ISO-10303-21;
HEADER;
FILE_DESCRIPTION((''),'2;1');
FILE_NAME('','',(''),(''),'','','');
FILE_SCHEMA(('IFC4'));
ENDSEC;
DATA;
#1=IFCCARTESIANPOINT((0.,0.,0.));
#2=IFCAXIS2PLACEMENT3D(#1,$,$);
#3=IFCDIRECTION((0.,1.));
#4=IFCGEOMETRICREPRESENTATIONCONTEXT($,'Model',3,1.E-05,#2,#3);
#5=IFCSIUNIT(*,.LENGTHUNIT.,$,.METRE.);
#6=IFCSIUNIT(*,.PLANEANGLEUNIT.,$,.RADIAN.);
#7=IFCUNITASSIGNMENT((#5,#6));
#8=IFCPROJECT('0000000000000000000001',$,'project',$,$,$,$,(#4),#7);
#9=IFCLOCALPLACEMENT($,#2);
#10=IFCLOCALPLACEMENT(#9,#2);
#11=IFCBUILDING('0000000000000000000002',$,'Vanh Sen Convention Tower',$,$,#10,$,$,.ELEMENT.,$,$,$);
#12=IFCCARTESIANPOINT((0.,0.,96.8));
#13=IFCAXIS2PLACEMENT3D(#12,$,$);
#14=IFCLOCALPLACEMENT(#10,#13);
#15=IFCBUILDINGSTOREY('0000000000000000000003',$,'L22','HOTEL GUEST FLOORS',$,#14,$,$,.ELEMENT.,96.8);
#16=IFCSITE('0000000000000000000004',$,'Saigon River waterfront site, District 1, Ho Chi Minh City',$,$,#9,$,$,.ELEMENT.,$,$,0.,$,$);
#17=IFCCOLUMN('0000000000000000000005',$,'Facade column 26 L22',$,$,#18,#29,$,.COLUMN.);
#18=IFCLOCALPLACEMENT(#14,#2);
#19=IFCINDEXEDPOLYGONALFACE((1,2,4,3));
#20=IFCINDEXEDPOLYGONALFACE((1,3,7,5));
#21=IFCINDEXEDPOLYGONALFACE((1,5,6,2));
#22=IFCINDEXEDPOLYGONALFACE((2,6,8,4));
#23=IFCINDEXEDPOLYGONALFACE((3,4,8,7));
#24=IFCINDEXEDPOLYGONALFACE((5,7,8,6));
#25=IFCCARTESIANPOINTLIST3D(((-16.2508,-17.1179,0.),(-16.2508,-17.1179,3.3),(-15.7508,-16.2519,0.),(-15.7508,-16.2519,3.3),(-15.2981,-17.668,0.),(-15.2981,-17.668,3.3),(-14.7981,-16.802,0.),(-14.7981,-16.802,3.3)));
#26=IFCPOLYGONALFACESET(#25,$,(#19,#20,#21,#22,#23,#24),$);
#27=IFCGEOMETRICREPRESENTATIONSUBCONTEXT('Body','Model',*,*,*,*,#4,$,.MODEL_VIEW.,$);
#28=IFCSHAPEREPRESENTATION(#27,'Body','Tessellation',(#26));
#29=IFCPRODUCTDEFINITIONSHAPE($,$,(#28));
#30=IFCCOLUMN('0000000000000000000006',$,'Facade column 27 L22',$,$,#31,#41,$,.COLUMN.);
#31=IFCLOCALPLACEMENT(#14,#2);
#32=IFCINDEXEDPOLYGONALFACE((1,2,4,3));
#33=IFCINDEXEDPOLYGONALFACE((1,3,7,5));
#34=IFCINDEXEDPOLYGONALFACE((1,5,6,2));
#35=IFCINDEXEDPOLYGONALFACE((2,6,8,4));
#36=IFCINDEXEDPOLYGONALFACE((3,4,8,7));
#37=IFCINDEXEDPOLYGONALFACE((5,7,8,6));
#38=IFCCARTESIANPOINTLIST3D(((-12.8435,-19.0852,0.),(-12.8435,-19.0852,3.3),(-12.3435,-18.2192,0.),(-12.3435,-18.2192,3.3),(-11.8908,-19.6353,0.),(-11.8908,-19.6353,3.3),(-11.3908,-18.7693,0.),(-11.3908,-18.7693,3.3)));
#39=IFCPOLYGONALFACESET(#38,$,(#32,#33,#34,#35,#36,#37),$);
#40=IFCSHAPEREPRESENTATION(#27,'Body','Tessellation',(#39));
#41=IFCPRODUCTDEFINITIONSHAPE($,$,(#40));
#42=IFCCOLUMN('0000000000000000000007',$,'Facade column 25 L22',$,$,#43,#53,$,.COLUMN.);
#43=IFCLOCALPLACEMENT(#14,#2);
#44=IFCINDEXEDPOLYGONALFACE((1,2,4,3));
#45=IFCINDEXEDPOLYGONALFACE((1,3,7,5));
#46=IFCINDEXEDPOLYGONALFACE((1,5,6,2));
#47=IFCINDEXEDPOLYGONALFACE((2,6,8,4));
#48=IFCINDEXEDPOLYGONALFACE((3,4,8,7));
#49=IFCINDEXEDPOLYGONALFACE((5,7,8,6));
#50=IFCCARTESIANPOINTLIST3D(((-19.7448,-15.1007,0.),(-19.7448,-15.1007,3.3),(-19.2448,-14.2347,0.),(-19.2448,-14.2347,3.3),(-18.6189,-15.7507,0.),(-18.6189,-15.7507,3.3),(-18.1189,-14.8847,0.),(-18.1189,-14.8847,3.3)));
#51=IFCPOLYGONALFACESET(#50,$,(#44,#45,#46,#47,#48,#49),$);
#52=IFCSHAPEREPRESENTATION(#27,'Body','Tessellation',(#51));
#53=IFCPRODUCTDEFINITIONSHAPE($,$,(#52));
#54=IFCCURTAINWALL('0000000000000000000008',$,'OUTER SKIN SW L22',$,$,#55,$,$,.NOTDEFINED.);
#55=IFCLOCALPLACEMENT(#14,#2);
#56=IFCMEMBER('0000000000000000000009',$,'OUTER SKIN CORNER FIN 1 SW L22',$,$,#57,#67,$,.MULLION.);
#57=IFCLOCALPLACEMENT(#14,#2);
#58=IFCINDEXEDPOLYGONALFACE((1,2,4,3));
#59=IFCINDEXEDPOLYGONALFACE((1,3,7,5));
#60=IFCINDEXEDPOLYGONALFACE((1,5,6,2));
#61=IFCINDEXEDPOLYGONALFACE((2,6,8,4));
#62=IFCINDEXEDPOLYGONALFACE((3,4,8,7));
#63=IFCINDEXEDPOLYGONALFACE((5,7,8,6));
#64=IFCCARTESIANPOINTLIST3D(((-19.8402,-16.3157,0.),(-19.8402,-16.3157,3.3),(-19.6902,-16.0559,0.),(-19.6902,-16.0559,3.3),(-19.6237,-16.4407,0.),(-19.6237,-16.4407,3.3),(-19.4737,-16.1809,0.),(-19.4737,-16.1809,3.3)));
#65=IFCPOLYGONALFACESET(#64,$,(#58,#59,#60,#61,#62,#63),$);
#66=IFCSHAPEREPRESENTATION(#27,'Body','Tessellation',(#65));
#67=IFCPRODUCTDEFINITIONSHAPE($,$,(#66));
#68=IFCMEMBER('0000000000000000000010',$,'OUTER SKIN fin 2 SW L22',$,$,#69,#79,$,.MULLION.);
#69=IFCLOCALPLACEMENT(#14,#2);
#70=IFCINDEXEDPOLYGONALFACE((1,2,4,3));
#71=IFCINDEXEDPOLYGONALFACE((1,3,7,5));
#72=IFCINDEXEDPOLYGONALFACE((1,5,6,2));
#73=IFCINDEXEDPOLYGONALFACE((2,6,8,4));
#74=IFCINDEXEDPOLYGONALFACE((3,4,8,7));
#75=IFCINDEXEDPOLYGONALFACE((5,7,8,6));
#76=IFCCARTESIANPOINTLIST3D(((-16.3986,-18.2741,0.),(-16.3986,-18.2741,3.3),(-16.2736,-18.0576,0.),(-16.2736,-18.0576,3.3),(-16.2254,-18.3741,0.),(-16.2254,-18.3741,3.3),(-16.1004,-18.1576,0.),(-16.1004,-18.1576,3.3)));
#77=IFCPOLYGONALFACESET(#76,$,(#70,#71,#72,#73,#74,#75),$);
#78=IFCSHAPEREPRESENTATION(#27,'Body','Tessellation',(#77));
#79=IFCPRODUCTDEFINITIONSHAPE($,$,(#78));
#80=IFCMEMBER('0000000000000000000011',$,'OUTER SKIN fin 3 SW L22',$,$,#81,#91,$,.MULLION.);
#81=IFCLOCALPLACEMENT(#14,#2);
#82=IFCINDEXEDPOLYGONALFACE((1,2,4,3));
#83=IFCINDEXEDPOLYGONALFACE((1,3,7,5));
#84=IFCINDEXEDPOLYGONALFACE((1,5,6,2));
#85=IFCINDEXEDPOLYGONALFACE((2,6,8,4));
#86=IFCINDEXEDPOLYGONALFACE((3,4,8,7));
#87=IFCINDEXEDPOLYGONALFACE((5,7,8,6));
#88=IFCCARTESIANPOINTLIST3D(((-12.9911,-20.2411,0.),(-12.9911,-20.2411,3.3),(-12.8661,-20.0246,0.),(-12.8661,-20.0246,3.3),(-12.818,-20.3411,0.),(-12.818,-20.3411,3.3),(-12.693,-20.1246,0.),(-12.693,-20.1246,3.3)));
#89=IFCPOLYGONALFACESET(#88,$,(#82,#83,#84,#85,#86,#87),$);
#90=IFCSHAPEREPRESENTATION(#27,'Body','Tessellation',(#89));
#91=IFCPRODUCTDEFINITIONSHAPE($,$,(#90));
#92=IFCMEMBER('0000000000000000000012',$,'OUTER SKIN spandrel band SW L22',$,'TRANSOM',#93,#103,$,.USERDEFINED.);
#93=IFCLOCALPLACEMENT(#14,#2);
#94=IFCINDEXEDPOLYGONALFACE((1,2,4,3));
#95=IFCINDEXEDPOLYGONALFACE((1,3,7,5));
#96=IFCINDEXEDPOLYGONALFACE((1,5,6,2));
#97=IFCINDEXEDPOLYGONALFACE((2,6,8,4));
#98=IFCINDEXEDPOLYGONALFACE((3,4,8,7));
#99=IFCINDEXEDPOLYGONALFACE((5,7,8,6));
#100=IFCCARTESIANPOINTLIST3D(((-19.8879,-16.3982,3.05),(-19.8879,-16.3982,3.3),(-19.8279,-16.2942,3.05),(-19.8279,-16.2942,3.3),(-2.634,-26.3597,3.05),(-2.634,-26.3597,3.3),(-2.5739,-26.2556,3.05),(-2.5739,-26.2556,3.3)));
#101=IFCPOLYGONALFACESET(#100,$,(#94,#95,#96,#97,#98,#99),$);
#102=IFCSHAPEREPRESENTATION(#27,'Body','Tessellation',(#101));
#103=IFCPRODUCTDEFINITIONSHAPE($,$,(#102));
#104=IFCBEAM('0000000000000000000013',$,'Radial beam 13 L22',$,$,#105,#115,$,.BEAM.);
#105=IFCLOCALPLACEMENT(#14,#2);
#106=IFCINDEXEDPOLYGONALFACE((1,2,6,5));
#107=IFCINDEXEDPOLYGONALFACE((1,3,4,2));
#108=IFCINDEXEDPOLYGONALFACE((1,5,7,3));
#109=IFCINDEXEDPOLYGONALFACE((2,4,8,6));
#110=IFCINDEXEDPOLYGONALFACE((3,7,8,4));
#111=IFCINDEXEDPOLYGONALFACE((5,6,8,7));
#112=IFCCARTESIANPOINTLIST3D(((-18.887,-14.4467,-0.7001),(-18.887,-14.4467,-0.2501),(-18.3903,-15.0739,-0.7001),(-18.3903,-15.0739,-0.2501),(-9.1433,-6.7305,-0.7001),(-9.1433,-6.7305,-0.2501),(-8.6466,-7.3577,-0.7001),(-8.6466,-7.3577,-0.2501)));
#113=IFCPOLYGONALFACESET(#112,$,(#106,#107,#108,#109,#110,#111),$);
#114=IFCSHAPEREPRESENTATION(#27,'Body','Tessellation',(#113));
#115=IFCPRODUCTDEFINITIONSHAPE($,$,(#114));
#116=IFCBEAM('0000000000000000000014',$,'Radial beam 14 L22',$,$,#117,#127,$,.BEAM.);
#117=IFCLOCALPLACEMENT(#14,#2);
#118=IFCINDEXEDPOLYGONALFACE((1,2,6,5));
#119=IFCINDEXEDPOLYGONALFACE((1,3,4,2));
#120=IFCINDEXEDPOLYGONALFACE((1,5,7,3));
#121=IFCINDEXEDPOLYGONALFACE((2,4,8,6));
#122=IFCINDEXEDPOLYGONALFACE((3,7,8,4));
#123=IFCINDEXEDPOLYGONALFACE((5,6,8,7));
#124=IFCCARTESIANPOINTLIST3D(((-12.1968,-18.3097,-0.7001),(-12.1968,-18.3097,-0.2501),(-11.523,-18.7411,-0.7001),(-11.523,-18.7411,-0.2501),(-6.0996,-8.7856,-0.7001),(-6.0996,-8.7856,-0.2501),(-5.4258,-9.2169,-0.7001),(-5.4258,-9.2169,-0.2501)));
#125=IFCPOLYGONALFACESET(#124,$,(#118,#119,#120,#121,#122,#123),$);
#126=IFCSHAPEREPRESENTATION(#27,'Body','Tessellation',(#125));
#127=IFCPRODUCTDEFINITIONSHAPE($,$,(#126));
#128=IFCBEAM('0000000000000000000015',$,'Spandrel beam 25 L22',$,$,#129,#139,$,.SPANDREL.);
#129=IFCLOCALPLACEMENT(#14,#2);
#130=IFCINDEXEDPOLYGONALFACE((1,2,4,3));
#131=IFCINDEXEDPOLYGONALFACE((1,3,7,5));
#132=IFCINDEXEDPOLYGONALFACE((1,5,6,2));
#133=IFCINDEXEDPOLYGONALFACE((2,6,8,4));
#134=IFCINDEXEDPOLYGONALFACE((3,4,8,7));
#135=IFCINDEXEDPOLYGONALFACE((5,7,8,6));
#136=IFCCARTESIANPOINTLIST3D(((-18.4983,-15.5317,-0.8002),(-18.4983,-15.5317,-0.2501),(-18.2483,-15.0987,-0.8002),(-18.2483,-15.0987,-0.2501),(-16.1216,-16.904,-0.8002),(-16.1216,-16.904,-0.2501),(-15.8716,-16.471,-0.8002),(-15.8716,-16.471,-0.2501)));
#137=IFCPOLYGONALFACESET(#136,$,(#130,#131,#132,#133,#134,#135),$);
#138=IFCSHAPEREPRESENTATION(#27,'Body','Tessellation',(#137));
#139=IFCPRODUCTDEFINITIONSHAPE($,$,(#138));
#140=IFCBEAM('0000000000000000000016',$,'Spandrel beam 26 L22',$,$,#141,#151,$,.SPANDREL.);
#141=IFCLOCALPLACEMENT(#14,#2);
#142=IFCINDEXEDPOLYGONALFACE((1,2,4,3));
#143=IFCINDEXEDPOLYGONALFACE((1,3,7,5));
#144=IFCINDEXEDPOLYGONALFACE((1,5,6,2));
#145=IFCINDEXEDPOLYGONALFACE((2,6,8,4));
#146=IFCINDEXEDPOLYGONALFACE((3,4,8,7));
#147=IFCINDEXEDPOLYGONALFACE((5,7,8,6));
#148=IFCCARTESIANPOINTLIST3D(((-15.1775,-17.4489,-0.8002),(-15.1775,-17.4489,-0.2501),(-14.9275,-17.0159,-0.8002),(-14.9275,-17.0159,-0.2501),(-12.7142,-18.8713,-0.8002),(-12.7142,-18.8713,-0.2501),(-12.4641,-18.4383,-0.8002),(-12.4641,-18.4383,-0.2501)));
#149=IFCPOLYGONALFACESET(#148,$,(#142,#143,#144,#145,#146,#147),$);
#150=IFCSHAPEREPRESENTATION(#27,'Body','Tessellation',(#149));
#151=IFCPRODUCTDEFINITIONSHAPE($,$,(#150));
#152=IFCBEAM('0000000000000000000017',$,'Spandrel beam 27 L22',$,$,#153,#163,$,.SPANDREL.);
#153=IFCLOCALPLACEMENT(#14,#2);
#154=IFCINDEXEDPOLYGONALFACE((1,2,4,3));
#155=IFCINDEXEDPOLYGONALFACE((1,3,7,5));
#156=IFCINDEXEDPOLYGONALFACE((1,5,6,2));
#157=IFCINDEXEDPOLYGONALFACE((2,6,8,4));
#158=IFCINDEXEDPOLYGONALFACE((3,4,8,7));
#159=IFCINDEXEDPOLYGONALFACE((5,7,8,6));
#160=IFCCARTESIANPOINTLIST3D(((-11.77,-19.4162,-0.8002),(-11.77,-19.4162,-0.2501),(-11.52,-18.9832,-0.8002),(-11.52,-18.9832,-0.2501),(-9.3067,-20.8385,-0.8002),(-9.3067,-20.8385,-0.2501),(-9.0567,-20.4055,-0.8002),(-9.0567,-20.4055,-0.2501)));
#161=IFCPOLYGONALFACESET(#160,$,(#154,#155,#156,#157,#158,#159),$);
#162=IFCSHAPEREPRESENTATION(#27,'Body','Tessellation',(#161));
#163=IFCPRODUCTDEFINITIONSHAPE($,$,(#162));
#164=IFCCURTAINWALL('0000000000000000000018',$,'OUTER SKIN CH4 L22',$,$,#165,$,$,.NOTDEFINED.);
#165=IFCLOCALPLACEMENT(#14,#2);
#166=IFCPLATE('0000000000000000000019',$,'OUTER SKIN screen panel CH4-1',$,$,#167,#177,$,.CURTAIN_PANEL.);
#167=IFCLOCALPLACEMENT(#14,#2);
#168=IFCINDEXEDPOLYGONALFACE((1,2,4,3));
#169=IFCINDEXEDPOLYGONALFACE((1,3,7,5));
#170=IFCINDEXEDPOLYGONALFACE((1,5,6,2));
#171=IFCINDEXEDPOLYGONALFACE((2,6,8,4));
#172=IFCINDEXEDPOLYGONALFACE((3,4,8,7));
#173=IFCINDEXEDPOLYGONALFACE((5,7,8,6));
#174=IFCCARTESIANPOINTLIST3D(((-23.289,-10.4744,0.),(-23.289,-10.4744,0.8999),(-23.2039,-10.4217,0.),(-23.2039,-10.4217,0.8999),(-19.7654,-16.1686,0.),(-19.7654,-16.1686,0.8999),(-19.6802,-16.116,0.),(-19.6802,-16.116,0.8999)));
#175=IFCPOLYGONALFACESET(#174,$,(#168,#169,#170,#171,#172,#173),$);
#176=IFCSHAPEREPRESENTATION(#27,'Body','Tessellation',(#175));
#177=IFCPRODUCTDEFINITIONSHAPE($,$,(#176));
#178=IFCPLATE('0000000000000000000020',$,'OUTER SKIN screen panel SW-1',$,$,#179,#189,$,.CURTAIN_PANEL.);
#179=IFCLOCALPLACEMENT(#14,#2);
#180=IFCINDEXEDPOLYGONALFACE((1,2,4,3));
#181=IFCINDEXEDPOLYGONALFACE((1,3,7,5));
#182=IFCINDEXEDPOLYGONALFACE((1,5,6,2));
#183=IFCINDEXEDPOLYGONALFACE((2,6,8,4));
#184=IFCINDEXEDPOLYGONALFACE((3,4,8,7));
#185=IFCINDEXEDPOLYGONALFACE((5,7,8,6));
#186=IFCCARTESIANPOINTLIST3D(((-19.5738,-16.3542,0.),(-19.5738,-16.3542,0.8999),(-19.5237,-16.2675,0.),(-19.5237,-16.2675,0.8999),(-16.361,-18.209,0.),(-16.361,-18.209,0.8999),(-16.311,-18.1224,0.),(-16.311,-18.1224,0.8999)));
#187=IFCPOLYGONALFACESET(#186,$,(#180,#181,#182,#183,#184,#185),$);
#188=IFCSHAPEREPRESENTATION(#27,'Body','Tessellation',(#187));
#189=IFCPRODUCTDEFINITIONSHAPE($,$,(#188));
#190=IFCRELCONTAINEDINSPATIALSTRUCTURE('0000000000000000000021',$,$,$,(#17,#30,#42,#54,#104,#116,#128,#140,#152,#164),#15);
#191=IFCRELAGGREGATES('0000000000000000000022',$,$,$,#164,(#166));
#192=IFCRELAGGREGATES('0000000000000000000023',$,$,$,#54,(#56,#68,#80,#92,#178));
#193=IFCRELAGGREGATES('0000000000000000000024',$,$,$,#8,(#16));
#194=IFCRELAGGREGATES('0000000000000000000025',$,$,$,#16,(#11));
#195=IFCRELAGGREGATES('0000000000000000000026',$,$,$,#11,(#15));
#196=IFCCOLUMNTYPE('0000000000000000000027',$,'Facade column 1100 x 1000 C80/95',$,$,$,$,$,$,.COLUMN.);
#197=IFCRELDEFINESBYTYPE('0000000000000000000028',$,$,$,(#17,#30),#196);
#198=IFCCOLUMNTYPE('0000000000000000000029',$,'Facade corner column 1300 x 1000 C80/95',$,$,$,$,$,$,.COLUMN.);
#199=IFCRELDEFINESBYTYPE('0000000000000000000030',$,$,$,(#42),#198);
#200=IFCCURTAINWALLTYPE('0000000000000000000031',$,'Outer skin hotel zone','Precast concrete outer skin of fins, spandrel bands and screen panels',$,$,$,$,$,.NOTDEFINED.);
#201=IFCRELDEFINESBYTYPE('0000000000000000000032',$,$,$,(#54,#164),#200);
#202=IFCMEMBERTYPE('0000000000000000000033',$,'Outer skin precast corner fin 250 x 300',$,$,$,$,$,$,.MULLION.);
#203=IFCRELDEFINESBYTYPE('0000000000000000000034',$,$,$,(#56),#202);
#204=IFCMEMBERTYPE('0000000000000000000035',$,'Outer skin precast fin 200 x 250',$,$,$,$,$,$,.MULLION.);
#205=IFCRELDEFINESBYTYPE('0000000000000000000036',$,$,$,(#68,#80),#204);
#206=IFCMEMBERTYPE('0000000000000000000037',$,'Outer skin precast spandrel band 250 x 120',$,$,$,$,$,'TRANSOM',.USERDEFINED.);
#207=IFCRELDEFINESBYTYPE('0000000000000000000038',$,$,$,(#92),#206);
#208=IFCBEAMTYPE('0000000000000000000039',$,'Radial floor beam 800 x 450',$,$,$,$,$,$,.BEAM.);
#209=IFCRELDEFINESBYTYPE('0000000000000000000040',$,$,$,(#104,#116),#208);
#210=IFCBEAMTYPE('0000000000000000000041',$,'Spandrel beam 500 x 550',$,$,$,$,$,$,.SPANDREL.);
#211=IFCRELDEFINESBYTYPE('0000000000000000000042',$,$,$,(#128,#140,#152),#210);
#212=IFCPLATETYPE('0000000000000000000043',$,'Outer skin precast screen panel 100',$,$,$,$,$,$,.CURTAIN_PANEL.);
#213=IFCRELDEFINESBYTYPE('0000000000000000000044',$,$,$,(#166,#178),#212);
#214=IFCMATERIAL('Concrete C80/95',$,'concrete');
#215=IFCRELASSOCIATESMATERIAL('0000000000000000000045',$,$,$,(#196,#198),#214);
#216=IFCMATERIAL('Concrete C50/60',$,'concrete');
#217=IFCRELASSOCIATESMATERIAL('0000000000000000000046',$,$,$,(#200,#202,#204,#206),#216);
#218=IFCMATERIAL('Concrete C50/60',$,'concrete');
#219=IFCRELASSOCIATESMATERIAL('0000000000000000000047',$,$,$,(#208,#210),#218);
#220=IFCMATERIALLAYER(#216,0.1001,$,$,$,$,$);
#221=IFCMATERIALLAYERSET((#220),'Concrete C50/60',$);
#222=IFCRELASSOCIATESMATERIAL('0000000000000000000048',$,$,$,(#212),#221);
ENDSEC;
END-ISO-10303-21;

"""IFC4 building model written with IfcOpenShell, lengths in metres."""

from ifc_helpers import new_model, si_unit, direction, frame, origin, origin_2d, place, context, subcontext, project, spatial, rectangle, extrude, material, layer, layer_set, material_profile, profile_set, type_object, element, aggregate, save


model = new_model("IFC4")

# Units and contexts
model_context = context("Model", 3, precision=1e-05, world=origin(), true_north=direction((0.0, 1.0)))
body_context = subcontext(model_context, "Body", "Model", "MODEL_VIEW")
ifc_project = project(units=[si_unit("LENGTHUNIT", "METRE"), si_unit("PLANEANGLEUNIT", "RADIAN")], contexts=[model_context])

# Site, building, storey
site_placement = place(None, origin())
site = spatial("IfcSite", under=ifc_project, at=site_placement, Name="Saigon River waterfront site, District 1, Ho Chi Minh City", CompositionType="ELEMENT", RefElevation=0.0)
building_placement = place(site_placement, origin())
building = spatial("IfcBuilding", under=site, at=building_placement, Name="Vanh Sen Convention Tower", CompositionType="ELEMENT")
storey_placement = place(building_placement, frame((0.0, 0.0, 96.8)))
storey = spatial("IfcBuildingStorey", under=building, at=storey_placement, Name="L22", Description="HOTEL GUEST FLOORS", CompositionType="ELEMENT", Elevation=96.8)

# Columns
ifc_material_1 = material(Name="Concrete C80/95", Category="concrete")
ifc_material_profile_1 = material_profile(ifc_material_1, rectangle(XDim=1.1001, YDim=1.0, at=origin_2d()), Name="RC 1100X1000")
ifc_profile_set_1 = profile_set([ifc_material_profile_1], Name="Concrete C80/95")
column_type_1 = type_object("IfcColumnType", Name="Facade column 1100 x 1000 C80/95", PredefinedType="COLUMN", material=ifc_profile_set_1)
for number, where, z_axis, x_axis, name in (
    (1, (-15.5244, -16.96, 0.0), (0.0, 0.0, 1.0), (0.866025, -0.5, 0.0), "Facade column 26 L22"),
    (2, (-12.1172, -18.9272, 0.0), (0.0, 0.0, 1.0), (0.866025, -0.5, 0.0), "Facade column 27 L22"),
):
    element("IfcColumn", number, at=place(storey_placement, frame(where, z_axis=z_axis, x_axis=x_axis)), inside=storey, type_object=column_type_1, Name=name, PredefinedType="COLUMN", context=body_context, shape_type="SweptSolid", body=[
        extrude(rectangle(XDim=1.1001, YDim=1.0, at=origin_2d()), origin(), (0.0, 0.0, 1.0), 3.3),
    ])
ifc_material_profile_2 = material_profile(ifc_material_1, rectangle(XDim=1.3, YDim=1.0, at=origin_2d()), Name="RC 1300X1000")
ifc_profile_set_2 = profile_set([ifc_material_profile_2], Name="Concrete C80/95")
column_type_2 = type_object("IfcColumnType", Name="Facade corner column 1300 x 1000 C80/95", PredefinedType="COLUMN", material=ifc_profile_set_2)
column_placement = place(storey_placement, frame((-18.9319, -14.9927, 0.0), z_axis=(0.0, 0.0, 1.0), x_axis=(0.866025, -0.5, 0.0)))
element("IfcColumn", 3, at=column_placement, inside=storey, type_object=column_type_2, Name="Facade column 25 L22", PredefinedType="COLUMN", context=body_context, shape_type="SweptSolid", body=[
    extrude(rectangle(XDim=1.3, YDim=1.0, at=origin_2d()), origin(), (0.0, 0.0, 1.0), 3.3),
])

# Curtain wall, members
ifc_material_2 = material(Name="Concrete C50/60", Category="concrete")
curtain_wall_type = type_object("IfcCurtainWallType", Name="Outer skin hotel zone", Description="Precast concrete outer skin of fins, spandrel bands and screen panels", PredefinedType="NOTDEFINED", material=ifc_material_2)
curtain_wall_1_placement = place(storey_placement, origin())
curtain_wall_1 = element("IfcCurtainWall", 4, at=curtain_wall_1_placement, inside=storey, type_object=curtain_wall_type, Name="OUTER SKIN SW L22", PredefinedType="NOTDEFINED")
ifc_material_profile_3 = material_profile(ifc_material_2, rectangle(XDim=0.25, YDim=0.3, at=origin_2d()), Name="Outer skin precast corner fin 250 x 300")
ifc_profile_set_3 = profile_set([ifc_material_profile_3], Name="Concrete C50/60")
member_type_1 = type_object("IfcMemberType", Name="Outer skin precast corner fin 250 x 300", PredefinedType="MULLION", material=ifc_profile_set_3)
member_1_placement = place(storey_placement, frame((-19.657, -16.2483, 0.0), z_axis=(0.0, 0.0, 1.0), x_axis=(0.866025, -0.5, 0.0)))
member_1 = element("IfcMember", 5, at=member_1_placement, type_object=member_type_1, Name="OUTER SKIN CORNER FIN 1 SW L22", PredefinedType="MULLION", context=body_context, shape_type="SweptSolid", body=[
    extrude(rectangle(XDim=0.25, YDim=0.3, at=origin_2d()), origin(), (0.0, 0.0, 1.0), 3.3),
])
ifc_material_profile_4 = material_profile(ifc_material_2, rectangle(XDim=0.2, YDim=0.25, at=origin_2d()), Name="Outer skin precast fin 200 x 250")
ifc_profile_set_4 = profile_set([ifc_material_profile_4], Name="Concrete C50/60")
member_type_2 = type_object("IfcMemberType", Name="Outer skin precast fin 200 x 250", PredefinedType="MULLION", material=ifc_profile_set_4)
member_2_placement = place(storey_placement, frame((-16.2495, -18.2158, 0.0), z_axis=(0.0, 0.0, 1.0), x_axis=(0.866025, -0.5, 0.0)))
member_2 = element("IfcMember", 6, at=member_2_placement, type_object=member_type_2, Name="OUTER SKIN fin 2 SW L22", PredefinedType="MULLION", context=body_context, shape_type="SweptSolid", body=[
    extrude(rectangle(XDim=0.2, YDim=0.25, at=origin_2d()), origin(), (0.0, 0.0, 1.0), 3.3),
])
member_3_placement = place(storey_placement, frame((-12.842, -20.1829, 0.0), z_axis=(0.0, 0.0, 1.0), x_axis=(0.866025, -0.5, 0.0)))
member_3 = element("IfcMember", 7, at=member_3_placement, type_object=member_type_2, Name="OUTER SKIN fin 3 SW L22", PredefinedType="MULLION", context=body_context, shape_type="SweptSolid", body=[
    extrude(rectangle(XDim=0.2, YDim=0.25, at=origin_2d()), origin(), (0.0, 0.0, 1.0), 3.3),
])
ifc_material_profile_5 = material_profile(ifc_material_2, rectangle(XDim=0.1201, YDim=0.25, at=origin_2d()), Name="Outer skin precast spandrel band 250 x 120")
ifc_profile_set_5 = profile_set([ifc_material_profile_5], Name="Concrete C50/60")
member_type_3 = type_object("IfcMemberType", Name="Outer skin precast spandrel band 250 x 120", ElementType="TRANSOM", PredefinedType="USERDEFINED", material=ifc_profile_set_5)
member_4_placement = place(storey_placement, frame((-19.8579, -16.3462, 3.175), z_axis=(0.866028, -0.499995, 0.0), x_axis=(0.499995, 0.866028, 0.0)))
member_4 = element("IfcMember", 8, at=member_4_placement, type_object=member_type_3, Name="OUTER SKIN spandrel band SW L22", ObjectType="TRANSOM", PredefinedType="USERDEFINED", context=body_context, shape_type="SweptSolid", body=[
    extrude(rectangle(XDim=0.1201, YDim=0.25, at=origin_2d()), origin(), (0.0, 0.0, 1.0), 19.9231),
])

# Beams
ifc_material_3 = material(Name="Concrete C50/60", Category="concrete")
ifc_material_profile_6 = material_profile(ifc_material_3, rectangle(XDim=0.8, YDim=0.45, at=origin_2d()), Name="RC 800X450")
ifc_profile_set_6 = profile_set([ifc_material_profile_6], Name="Concrete C50/60")
beam_type_1 = type_object("IfcBeamType", Name="Radial floor beam 800 x 450", PredefinedType="BEAM", material=ifc_profile_set_6)
beam_1_placement = place(storey_placement, frame((-18.6387, -14.7603, -0.4751), z_axis=(0.783954, 0.620819, 0.0), x_axis=(-0.620819, 0.783954, 0.0)))
element("IfcBeam", 9, at=beam_1_placement, inside=storey, type_object=beam_type_1, Name="Radial beam 13 L22", PredefinedType="BEAM", context=body_context, shape_type="SweptSolid", body=[
    extrude(rectangle(XDim=0.8, YDim=0.45, at=origin_2d()), origin(), (0.0, 0.0, 1.0), 12.429),
])
beam_2_placement = place(storey_placement, frame((-11.8599, -18.5254, -0.4751), z_axis=(0.53916, 0.842203, 0.0), x_axis=(-0.842203, 0.53916, 0.0)))
element("IfcBeam", 10, at=beam_2_placement, inside=storey, type_object=beam_type_1, Name="Radial beam 14 L22", PredefinedType="BEAM", context=body_context, shape_type="SweptSolid", body=[
    extrude(rectangle(XDim=0.8, YDim=0.45, at=origin_2d()), origin(), (0.0, 0.0, 1.0), 11.3086),
])
ifc_material_profile_7 = material_profile(ifc_material_3, rectangle(XDim=0.5, YDim=0.55, at=origin_2d()), Name="RC 500X550")
ifc_profile_set_7 = profile_set([ifc_material_profile_7], Name="Concrete C50/60")
beam_type_2 = type_object("IfcBeamType", Name="Spandrel beam 500 x 550", PredefinedType="SPANDREL", material=ifc_profile_set_7)
beam_3_placement = place(storey_placement, frame((-18.3733, -15.3152, -0.5251), z_axis=(0.866006, -0.500033, 0.0), x_axis=(0.500033, 0.866006, 0.0)))
element("IfcBeam", 11, at=beam_3_placement, inside=storey, type_object=beam_type_2, Name="Spandrel beam 25 L22", PredefinedType="SPANDREL", context=body_context, shape_type="SweptSolid", body=[
    extrude(rectangle(XDim=0.5, YDim=0.55, at=origin_2d()), origin(), (0.0, 0.0, 1.0), 2.7444),
])
for number, where, z_axis, x_axis, name in (
    (12, (-15.0525, -17.2324, -0.5251), (0.866005, -0.500034, 0.0), (0.500034, 0.866005, 0.0), "Spandrel beam 26 L22"),
    (13, (-11.645, -19.1997, -0.5251), (0.866005, -0.500034, 0.0), (0.500034, 0.866005, 0.0), "Spandrel beam 27 L22"),
):
    element("IfcBeam", number, at=place(storey_placement, frame(where, z_axis=z_axis, x_axis=x_axis)), inside=storey, type_object=beam_type_2, Name=name, PredefinedType="SPANDREL", context=body_context, shape_type="SweptSolid", body=[
        extrude(rectangle(XDim=0.5, YDim=0.55, at=origin_2d()), origin(), (0.0, 0.0, 1.0), 2.8445),
    ])

# Curtain wall, plate
curtain_wall_2_placement = place(storey_placement, origin())
curtain_wall_2 = element("IfcCurtainWall", 14, at=curtain_wall_2_placement, inside=storey, type_object=curtain_wall_type, Name="OUTER SKIN CH4 L22", PredefinedType="NOTDEFINED")
ifc_layer_1 = layer(ifc_material_2, 0.1001)
ifc_layer_set_1 = layer_set([ifc_layer_1], Name="Concrete C50/60")
plate_type = type_object("IfcPlateType", Name="Outer skin precast screen panel 100", PredefinedType="CURTAIN_PANEL", material=ifc_layer_set_1)
plate_1_placement = place(storey_placement, frame((-21.4846, -13.2952, 0.0), z_axis=(0.0, 0.0, 1.0), x_axis=(0.526205, -0.850358, 0.0)))
plate_1 = element("IfcPlate", 15, at=plate_1_placement, type_object=plate_type, Name="OUTER SKIN screen panel CH4-1", PredefinedType="CURTAIN_PANEL", context=body_context, shape_type="SweptSolid", body=[
    extrude(rectangle(XDim=6.6963, YDim=0.1001, at=origin_2d()), origin(), (0.0, 0.0, 1.0), 0.8999),
])
aggregate(curtain_wall_2, [plate_1])

# Plate
plate_2_placement = place(storey_placement, frame((-17.9424, -17.2383, 0.0), z_axis=(0.0, 0.0, 1.0), x_axis=(0.866028, -0.499995, 0.0)))
plate_2 = element("IfcPlate", 16, at=plate_2_placement, type_object=plate_type, Name="OUTER SKIN screen panel SW-1", PredefinedType="CURTAIN_PANEL", context=body_context, shape_type="SweptSolid", body=[
    extrude(rectangle(XDim=3.7097, YDim=0.1001, at=origin_2d()), origin(), (0.0, 0.0, 1.0), 0.8999),
])
aggregate(curtain_wall_1, [member_1, member_2, member_3, member_4, plate_2])

save(model, "model.ifc")
